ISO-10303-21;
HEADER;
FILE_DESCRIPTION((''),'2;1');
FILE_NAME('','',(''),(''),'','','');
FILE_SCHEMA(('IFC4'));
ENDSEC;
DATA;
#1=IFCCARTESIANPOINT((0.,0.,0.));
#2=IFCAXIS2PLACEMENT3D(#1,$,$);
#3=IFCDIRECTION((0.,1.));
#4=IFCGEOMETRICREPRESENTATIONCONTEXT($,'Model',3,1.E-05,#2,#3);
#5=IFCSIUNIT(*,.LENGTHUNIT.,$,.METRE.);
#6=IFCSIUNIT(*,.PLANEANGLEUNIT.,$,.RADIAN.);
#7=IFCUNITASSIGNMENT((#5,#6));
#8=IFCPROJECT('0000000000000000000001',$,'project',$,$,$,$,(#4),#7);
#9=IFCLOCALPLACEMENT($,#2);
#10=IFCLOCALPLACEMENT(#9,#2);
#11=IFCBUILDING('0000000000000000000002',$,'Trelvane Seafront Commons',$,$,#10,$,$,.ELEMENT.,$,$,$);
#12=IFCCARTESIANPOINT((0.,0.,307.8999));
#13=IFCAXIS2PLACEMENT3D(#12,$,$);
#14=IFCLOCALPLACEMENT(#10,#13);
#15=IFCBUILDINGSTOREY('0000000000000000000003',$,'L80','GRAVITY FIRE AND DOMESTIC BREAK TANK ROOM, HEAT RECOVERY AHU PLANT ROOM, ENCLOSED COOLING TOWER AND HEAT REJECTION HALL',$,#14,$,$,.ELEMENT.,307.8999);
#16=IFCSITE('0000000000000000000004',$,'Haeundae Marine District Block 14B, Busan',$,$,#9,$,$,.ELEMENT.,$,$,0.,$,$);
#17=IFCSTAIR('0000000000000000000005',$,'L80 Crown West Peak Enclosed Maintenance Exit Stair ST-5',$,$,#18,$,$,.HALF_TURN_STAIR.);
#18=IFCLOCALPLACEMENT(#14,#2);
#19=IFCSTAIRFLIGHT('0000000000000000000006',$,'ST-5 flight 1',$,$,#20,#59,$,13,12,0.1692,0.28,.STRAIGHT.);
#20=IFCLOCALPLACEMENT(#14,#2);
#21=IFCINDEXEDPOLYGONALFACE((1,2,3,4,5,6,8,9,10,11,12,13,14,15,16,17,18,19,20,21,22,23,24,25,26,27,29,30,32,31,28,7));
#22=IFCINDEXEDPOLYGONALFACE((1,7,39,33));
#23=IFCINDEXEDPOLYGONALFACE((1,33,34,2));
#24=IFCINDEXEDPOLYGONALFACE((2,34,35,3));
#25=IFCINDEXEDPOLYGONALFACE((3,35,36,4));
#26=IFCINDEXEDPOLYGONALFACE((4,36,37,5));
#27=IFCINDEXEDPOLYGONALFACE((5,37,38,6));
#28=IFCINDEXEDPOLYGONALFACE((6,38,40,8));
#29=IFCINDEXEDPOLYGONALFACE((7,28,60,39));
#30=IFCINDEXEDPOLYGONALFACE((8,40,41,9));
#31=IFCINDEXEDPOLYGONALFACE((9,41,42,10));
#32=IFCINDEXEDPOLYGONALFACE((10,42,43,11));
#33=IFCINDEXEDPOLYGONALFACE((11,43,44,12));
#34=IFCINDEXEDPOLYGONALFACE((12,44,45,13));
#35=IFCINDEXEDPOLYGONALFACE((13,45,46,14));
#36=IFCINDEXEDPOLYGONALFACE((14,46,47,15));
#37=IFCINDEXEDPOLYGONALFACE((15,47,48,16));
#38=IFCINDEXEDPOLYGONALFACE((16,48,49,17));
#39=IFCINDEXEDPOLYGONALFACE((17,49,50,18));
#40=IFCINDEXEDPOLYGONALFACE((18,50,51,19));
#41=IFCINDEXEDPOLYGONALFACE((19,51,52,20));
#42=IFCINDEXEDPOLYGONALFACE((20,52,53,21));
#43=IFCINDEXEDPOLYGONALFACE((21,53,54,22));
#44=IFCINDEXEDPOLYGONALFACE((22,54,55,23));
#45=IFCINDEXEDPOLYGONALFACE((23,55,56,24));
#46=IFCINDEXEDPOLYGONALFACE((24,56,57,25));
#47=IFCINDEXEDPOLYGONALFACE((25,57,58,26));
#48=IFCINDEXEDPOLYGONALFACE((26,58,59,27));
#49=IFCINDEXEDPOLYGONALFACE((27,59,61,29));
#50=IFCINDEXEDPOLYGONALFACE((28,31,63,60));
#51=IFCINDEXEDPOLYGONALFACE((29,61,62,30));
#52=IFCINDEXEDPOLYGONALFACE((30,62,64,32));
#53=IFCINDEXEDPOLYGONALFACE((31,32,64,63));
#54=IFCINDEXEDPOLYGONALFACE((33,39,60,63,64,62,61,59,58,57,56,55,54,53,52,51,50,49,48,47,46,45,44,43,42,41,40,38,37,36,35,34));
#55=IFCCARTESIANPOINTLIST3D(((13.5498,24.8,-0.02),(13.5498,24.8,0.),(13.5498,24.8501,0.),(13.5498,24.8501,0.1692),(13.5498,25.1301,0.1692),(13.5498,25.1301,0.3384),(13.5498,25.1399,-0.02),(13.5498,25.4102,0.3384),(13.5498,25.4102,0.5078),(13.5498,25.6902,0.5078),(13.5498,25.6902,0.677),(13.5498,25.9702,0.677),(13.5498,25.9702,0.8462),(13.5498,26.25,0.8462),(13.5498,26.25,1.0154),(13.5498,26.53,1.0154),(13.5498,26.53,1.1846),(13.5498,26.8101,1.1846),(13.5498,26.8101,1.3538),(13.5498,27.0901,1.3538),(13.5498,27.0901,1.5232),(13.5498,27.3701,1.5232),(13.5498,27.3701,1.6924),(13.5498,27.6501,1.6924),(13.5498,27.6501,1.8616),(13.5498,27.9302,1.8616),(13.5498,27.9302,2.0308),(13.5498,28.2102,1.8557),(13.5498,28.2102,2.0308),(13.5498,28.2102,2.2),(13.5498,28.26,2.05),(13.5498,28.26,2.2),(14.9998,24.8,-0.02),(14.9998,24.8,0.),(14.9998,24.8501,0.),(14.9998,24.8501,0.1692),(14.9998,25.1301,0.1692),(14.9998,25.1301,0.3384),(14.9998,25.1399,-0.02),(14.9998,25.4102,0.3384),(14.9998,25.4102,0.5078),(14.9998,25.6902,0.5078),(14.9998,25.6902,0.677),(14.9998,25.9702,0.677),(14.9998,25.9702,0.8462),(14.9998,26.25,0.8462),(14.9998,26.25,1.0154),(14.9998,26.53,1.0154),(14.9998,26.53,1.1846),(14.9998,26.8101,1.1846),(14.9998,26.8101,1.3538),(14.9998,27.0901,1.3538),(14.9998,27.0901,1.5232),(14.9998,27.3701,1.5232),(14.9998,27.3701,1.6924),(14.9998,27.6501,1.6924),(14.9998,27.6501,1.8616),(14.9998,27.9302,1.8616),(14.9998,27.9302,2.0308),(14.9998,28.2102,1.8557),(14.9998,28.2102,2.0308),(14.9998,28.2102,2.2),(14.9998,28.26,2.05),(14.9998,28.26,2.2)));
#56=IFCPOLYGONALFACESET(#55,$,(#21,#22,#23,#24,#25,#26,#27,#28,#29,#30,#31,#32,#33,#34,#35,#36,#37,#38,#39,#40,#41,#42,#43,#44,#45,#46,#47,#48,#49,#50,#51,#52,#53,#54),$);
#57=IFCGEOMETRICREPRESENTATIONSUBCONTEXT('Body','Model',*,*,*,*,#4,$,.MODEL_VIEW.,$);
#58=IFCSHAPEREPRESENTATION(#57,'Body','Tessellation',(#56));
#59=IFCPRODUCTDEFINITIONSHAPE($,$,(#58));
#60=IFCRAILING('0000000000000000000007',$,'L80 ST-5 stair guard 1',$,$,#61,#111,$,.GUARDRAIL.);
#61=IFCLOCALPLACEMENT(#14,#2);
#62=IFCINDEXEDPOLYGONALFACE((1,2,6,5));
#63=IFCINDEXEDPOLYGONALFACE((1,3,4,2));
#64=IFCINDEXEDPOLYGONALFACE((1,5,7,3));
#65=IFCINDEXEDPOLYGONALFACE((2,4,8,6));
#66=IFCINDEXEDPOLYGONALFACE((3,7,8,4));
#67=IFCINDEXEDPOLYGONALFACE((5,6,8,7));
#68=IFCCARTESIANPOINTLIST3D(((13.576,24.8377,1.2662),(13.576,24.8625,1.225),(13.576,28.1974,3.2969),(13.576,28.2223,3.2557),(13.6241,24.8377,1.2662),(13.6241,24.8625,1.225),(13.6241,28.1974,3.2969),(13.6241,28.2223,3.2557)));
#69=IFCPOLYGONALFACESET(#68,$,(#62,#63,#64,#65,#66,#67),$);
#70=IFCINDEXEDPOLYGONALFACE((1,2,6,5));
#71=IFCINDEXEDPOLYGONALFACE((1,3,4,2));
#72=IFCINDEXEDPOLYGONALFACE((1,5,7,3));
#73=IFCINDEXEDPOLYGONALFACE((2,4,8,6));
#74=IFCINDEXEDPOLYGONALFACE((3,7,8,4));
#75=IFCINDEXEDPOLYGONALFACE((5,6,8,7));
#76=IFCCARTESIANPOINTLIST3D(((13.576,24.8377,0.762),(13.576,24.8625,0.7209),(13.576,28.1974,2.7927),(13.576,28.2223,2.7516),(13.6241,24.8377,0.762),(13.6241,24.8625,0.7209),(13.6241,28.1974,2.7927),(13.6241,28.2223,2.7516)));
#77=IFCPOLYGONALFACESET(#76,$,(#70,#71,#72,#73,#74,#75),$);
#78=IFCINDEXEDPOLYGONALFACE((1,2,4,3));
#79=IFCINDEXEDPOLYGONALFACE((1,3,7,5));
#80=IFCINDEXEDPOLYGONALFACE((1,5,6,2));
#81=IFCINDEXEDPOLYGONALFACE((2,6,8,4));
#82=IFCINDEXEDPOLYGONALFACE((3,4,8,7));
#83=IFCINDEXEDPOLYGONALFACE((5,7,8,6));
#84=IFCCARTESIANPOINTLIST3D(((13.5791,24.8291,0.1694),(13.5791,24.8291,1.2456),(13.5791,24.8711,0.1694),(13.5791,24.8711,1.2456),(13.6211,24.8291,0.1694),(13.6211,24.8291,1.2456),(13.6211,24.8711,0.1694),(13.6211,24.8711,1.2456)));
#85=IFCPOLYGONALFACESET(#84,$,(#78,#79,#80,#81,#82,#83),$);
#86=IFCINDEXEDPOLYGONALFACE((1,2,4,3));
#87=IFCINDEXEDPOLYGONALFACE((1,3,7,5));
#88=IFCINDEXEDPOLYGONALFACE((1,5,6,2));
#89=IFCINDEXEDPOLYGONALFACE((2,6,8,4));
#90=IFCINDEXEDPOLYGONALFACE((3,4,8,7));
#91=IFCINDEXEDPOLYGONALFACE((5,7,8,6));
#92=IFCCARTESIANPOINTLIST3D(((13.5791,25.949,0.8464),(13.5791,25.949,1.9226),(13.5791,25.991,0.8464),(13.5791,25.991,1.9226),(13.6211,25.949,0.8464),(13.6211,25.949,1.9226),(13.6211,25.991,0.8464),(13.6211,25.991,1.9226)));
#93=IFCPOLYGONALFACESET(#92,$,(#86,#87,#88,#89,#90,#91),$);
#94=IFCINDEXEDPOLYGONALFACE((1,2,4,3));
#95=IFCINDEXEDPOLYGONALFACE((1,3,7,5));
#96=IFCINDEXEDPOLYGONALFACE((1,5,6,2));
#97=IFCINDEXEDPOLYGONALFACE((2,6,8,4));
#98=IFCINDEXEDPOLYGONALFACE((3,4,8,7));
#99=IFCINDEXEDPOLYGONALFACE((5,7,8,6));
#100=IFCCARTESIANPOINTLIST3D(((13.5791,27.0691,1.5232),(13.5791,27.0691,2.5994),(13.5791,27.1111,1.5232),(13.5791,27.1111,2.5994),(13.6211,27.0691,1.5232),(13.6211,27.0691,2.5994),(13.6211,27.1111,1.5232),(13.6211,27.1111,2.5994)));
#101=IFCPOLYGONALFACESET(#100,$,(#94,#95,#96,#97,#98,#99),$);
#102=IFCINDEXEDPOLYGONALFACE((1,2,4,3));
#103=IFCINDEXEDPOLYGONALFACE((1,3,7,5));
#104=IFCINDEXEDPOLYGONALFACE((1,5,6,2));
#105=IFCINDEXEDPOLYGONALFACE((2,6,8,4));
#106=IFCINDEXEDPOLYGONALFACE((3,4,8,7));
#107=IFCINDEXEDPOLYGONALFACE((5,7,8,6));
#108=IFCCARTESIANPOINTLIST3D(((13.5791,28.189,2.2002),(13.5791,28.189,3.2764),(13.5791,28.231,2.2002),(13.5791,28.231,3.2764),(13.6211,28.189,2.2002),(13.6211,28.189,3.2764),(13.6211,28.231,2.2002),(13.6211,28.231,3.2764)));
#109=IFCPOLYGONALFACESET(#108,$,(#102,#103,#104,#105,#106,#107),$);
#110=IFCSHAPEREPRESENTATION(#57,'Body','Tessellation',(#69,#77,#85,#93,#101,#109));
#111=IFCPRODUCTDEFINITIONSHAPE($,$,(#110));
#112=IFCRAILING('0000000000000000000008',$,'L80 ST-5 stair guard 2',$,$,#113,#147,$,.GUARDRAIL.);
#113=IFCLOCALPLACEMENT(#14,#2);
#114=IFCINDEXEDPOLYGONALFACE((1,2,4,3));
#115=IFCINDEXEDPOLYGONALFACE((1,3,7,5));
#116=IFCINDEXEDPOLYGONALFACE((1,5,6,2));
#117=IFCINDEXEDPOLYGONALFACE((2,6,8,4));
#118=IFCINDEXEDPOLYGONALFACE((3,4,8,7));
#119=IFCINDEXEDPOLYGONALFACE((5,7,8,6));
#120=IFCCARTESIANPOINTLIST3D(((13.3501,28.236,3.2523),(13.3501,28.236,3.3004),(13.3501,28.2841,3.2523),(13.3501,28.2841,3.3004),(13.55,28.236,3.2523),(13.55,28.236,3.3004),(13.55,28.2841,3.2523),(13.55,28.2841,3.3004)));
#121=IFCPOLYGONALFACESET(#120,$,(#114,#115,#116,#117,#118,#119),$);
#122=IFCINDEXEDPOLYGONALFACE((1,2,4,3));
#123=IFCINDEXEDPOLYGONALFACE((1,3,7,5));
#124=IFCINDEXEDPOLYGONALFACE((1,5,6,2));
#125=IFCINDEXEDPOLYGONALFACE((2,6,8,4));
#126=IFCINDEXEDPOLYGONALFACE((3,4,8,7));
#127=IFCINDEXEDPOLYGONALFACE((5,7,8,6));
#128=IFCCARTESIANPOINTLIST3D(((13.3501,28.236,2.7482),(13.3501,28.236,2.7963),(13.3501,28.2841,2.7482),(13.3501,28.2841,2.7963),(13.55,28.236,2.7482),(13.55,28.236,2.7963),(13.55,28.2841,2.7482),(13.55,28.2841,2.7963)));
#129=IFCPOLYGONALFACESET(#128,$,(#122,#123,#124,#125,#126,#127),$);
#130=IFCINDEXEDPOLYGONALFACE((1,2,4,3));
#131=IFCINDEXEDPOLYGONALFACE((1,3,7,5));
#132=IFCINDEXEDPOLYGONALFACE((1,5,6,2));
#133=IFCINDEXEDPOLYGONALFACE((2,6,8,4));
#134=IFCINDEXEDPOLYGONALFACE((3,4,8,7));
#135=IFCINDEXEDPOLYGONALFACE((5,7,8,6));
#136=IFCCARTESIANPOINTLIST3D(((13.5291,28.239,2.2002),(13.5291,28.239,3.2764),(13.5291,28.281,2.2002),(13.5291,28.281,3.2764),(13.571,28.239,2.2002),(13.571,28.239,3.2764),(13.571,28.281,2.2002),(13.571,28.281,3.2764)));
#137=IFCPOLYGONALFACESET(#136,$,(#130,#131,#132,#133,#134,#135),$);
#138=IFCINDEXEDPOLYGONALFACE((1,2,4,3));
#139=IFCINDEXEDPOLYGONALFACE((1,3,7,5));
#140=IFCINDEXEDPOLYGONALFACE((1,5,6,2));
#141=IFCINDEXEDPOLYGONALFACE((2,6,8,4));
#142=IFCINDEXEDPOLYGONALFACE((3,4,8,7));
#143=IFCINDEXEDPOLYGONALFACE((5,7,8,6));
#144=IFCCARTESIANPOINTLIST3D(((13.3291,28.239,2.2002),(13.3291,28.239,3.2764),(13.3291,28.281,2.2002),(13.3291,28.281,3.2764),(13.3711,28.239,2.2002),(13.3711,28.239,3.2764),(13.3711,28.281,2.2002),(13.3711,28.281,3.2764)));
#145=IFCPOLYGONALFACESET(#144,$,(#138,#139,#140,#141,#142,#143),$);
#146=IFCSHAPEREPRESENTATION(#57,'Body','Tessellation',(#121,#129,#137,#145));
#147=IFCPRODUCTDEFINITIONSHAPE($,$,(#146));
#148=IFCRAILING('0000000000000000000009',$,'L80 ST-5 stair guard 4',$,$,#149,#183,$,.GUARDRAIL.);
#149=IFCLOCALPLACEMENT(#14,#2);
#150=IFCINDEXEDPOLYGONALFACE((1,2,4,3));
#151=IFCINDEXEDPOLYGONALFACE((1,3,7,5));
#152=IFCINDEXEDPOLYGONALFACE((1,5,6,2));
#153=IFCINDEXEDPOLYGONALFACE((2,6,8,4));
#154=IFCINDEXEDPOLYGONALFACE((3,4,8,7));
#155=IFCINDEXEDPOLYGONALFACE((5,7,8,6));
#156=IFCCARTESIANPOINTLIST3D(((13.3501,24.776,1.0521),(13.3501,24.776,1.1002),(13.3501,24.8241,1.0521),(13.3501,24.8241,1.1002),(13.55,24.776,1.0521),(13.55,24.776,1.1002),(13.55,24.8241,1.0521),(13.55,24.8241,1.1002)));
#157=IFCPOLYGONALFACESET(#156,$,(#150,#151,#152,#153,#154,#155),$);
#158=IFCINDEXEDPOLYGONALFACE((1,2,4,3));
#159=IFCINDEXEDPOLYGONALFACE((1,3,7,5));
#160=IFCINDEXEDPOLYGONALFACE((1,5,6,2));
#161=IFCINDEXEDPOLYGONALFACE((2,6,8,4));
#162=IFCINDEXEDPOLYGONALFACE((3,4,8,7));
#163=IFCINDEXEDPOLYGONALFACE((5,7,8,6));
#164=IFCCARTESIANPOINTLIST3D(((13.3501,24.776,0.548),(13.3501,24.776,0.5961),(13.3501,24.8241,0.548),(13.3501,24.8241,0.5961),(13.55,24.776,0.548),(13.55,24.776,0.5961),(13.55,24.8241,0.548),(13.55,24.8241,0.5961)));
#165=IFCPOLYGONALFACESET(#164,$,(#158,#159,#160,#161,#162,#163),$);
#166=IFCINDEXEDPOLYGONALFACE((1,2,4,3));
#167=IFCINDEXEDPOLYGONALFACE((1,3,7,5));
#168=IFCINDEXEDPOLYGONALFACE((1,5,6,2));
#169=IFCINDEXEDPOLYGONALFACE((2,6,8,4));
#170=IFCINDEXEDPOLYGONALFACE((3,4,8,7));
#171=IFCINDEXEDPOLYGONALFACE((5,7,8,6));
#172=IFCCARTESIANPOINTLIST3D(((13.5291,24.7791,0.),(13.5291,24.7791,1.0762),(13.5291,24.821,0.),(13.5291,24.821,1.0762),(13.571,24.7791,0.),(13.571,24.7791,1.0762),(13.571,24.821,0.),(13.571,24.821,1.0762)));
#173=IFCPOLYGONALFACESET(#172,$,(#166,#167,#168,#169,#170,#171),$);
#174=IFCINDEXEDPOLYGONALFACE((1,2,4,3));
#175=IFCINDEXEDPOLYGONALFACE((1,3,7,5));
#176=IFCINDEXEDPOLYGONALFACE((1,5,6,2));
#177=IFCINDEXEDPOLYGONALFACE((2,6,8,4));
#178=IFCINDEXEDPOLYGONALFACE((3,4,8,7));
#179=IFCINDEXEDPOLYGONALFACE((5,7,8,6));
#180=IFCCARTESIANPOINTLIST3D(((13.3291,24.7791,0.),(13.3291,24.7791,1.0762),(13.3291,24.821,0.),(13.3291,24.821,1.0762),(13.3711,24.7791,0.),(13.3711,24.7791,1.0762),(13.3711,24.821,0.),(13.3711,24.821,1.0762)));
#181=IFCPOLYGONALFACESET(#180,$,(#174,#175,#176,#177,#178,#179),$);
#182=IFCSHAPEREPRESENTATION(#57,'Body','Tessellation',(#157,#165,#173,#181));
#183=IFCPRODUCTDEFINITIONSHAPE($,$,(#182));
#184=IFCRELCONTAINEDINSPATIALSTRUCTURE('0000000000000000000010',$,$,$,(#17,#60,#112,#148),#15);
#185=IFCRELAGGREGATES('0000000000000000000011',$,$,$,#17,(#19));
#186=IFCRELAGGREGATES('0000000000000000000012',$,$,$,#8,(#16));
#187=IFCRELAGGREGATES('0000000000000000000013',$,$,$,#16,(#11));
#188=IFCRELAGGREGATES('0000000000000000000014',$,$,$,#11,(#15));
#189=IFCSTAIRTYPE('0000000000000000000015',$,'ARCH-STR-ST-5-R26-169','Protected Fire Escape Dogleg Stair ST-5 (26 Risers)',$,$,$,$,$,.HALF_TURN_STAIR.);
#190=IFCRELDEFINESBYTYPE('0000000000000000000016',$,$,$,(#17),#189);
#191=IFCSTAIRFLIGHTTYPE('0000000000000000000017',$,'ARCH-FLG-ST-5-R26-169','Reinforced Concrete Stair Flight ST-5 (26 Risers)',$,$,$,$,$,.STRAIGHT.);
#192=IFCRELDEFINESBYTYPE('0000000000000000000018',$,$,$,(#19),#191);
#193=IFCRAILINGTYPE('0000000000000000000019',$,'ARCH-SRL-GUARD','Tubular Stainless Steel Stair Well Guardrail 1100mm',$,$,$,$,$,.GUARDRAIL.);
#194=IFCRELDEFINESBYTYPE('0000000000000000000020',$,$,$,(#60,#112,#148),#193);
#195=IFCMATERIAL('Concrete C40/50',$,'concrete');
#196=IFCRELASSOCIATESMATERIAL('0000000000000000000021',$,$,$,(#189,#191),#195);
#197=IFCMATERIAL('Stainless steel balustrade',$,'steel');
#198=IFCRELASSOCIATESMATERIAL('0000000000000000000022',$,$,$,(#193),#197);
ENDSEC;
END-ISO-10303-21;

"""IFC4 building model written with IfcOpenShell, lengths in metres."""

from ifc_helpers import new_model, si_unit, direction, frame, origin, origin_2d, place, context, subcontext, project, spatial, polyline, rectangle, outline, extrude, source, transform, mapped, material, type_object, element, aggregate, save


model = new_model("IFC4")

# Units and contexts
model_context = context("Model", 3, precision=1e-05, world=origin(), true_north=direction((0.0, 1.0)))
body_context = subcontext(model_context, "Body", "Model", "MODEL_VIEW")
ifc_project = project(units=[si_unit("LENGTHUNIT", "METRE"), si_unit("PLANEANGLEUNIT", "RADIAN")], contexts=[model_context])

# Site, building, storey
site_placement = place(None, origin())
site = spatial("IfcSite", under=ifc_project, at=site_placement, Name="Haeundae Marine District Block 14B, Busan", CompositionType="ELEMENT", RefElevation=0.0)
building_placement = place(site_placement, origin())
building = spatial("IfcBuilding", under=site, at=building_placement, Name="Trelvane Seafront Commons", CompositionType="ELEMENT")
storey_placement = place(building_placement, frame((0.0, 0.0, 307.8999)))
storey = spatial("IfcBuildingStorey", under=building, at=storey_placement, Name="L80", Description="GRAVITY FIRE AND DOMESTIC BREAK TANK ROOM, HEAT RECOVERY AHU PLANT ROOM, ENCLOSED COOLING TOWER AND HEAT REJECTION HALL", CompositionType="ELEMENT", Elevation=307.8999)

# Shared definitions
ifc_material_1 = material(Name="Concrete C40/50", Category="concrete")

# Stair, stair flight
stair_type = type_object("IfcStairType", Name="ARCH-STR-ST-5-R26-169", Description="Protected Fire Escape Dogleg Stair ST-5 (26 Risers)", PredefinedType="HALF_TURN_STAIR", material=ifc_material_1)
stair_placement = place(storey_placement, origin())
stair = element("IfcStair", 1, at=stair_placement, inside=storey, type_object=stair_type, Name="L80 Crown West Peak Enclosed Maintenance Exit Stair ST-5", PredefinedType="HALF_TURN_STAIR")
stair_flight_type = type_object("IfcStairFlightType", Name="ARCH-FLG-ST-5-R26-169", Description="Reinforced Concrete Stair Flight ST-5 (26 Risers)", PredefinedType="STRAIGHT", material=ifc_material_1)
shared_shape_1 = source(origin(), body_context, "Body", "SweptSolid", [
    extrude(outline(polyline([(-0.05, -0.02), (-0.05, 0.0), (0.0, 0.0), (0.0, 0.1692), (0.28, 0.1692), (0.28, 0.3384), (0.5601, 0.3384), (0.5601, 0.5078), (0.8401, 0.5078), (0.8401, 0.677), (1.1201, 0.677), (1.1201, 0.8462), (1.3999, 0.8462), (1.3999, 1.0154), (1.6799, 1.0154), (1.6799, 1.1846), (1.96, 1.1846), (1.96, 1.3538), (2.24, 1.3538), (2.24, 1.5232), (2.52, 1.5232), (2.52, 1.6924), (2.8, 1.6924), (2.8, 1.8616), (3.0801, 1.8616), (3.0801, 2.0308), (3.3601, 2.0308), (3.3601, 2.2), (3.4099, 2.2), (3.4099, 2.05), (3.3601, 1.8557), (0.2898, -0.02), (-0.05, -0.02)])), frame((0.0, 0.7251, 0.0), z_axis=(0.0, -1.0, 0.0), x_axis=(1.0, 0.0, 0.0)), (0.0, 0.0, 1.0), 1.45),
])
stair_flight_placement = place(storey_placement, frame((14.2749, 24.8501, 0.0), z_axis=(0.0, 0.0, 1.0), x_axis=(0.0, 1.0, 0.0)))
stair_flight = element("IfcStairFlight", 2, at=stair_flight_placement, type_object=stair_flight_type, Name="ST-5 flight 1", NumberOfRisers=13, NumberOfTreads=12, PredefinedType="STRAIGHT", RiserHeight=0.1692, TreadLength=0.28, context=body_context, shape_type="MappedRepresentation", body=[
    mapped(shared_shape_1, transform((0.0, 0.0, 0.0), x_axis=(1.0, 0.0, 0.0), y_axis=(0.0, 1.0, 0.0), z_axis=(0.0, 0.0, 1.0), scale=1.0)),
])
aggregate(stair, [stair_flight])

# Railings
ifc_material_2 = material(Name="Stainless steel balustrade", Category="steel")
railing_type_1 = type_object("IfcRailingType", Name="ARCH-SRL-GUARD", Description="Tubular Stainless Steel Stair Well Guardrail 1100mm", PredefinedType="GUARDRAIL", material=ifc_material_2)
railing_1_placement = place(storey_placement, frame((13.6001, 24.8501, 0.1694)))
element("IfcRailing", 3, at=railing_1_placement, inside=storey, type_object=railing_type_1, Name="L80 ST-5 stair guard 1", PredefinedType="GUARDRAIL", context=body_context, shape_type="SweptSolid", body=[
    extrude(rectangle(XDim=0.0481, YDim=0.0481, at=origin_2d()), frame((0.0, 0.0, 1.0762), z_axis=(0.0, 0.85582, 0.517273), x_axis=(-1.0, 0.0, 0.0)), (0.0, 0.0, 1.0), 3.9258),
    extrude(rectangle(XDim=0.0481, YDim=0.0481, at=origin_2d()), frame((0.0, 0.0, 0.572), z_axis=(0.0, 0.85582, 0.517273), x_axis=(-1.0, 0.0, 0.0)), (0.0, 0.0, 1.0), 3.9258),
    extrude(rectangle(XDim=0.042, YDim=0.042, at=origin_2d()), origin(), (0.0, 0.0, 1.0), 1.0762),
    extrude(rectangle(XDim=0.042, YDim=0.042, at=origin_2d()), frame((0.0, 1.1199, 0.677)), (0.0, 0.0, 1.0), 1.0762),
    extrude(rectangle(XDim=0.042, YDim=0.042, at=origin_2d()), frame((0.0, 2.24, 1.3538)), (0.0, 0.0, 1.0), 1.0762),
    extrude(rectangle(XDim=0.042, YDim=0.042, at=origin_2d()), frame((0.0, 3.3599, 2.0308)), (0.0, 0.0, 1.0), 1.0762),
])
for number, where, name in (
    (4, (13.55, 28.26, 2.2002), "L80 ST-5 stair guard 2"),
    (5, (13.55, 24.8, 0.0), "L80 ST-5 stair guard 4"),
):
    element("IfcRailing", number, at=place(storey_placement, frame(where)), inside=storey, type_object=railing_type_1, Name=name, PredefinedType="GUARDRAIL", context=body_context, shape_type="SweptSolid", body=[
        extrude(rectangle(XDim=0.0481, YDim=0.0481, at=origin_2d()), frame((0.0, 0.0, 1.0762), z_axis=(-1.0, 0.0, 0.0), x_axis=(0.0, -1.0, 0.0)), (0.0, 0.0, 1.0), 0.2),
        extrude(rectangle(XDim=0.0481, YDim=0.0481, at=origin_2d()), frame((0.0, 0.0, 0.572), z_axis=(-1.0, 0.0, 0.0), x_axis=(0.0, -1.0, 0.0)), (0.0, 0.0, 1.0), 0.2),
        extrude(rectangle(XDim=0.042, YDim=0.042, at=origin_2d()), origin(), (0.0, 0.0, 1.0), 1.0762),
        extrude(rectangle(XDim=0.042, YDim=0.042, at=origin_2d()), frame((-0.2, 0.0, 0.0)), (0.0, 0.0, 1.0), 1.0762),
    ])

save(model, "model.ifc")
